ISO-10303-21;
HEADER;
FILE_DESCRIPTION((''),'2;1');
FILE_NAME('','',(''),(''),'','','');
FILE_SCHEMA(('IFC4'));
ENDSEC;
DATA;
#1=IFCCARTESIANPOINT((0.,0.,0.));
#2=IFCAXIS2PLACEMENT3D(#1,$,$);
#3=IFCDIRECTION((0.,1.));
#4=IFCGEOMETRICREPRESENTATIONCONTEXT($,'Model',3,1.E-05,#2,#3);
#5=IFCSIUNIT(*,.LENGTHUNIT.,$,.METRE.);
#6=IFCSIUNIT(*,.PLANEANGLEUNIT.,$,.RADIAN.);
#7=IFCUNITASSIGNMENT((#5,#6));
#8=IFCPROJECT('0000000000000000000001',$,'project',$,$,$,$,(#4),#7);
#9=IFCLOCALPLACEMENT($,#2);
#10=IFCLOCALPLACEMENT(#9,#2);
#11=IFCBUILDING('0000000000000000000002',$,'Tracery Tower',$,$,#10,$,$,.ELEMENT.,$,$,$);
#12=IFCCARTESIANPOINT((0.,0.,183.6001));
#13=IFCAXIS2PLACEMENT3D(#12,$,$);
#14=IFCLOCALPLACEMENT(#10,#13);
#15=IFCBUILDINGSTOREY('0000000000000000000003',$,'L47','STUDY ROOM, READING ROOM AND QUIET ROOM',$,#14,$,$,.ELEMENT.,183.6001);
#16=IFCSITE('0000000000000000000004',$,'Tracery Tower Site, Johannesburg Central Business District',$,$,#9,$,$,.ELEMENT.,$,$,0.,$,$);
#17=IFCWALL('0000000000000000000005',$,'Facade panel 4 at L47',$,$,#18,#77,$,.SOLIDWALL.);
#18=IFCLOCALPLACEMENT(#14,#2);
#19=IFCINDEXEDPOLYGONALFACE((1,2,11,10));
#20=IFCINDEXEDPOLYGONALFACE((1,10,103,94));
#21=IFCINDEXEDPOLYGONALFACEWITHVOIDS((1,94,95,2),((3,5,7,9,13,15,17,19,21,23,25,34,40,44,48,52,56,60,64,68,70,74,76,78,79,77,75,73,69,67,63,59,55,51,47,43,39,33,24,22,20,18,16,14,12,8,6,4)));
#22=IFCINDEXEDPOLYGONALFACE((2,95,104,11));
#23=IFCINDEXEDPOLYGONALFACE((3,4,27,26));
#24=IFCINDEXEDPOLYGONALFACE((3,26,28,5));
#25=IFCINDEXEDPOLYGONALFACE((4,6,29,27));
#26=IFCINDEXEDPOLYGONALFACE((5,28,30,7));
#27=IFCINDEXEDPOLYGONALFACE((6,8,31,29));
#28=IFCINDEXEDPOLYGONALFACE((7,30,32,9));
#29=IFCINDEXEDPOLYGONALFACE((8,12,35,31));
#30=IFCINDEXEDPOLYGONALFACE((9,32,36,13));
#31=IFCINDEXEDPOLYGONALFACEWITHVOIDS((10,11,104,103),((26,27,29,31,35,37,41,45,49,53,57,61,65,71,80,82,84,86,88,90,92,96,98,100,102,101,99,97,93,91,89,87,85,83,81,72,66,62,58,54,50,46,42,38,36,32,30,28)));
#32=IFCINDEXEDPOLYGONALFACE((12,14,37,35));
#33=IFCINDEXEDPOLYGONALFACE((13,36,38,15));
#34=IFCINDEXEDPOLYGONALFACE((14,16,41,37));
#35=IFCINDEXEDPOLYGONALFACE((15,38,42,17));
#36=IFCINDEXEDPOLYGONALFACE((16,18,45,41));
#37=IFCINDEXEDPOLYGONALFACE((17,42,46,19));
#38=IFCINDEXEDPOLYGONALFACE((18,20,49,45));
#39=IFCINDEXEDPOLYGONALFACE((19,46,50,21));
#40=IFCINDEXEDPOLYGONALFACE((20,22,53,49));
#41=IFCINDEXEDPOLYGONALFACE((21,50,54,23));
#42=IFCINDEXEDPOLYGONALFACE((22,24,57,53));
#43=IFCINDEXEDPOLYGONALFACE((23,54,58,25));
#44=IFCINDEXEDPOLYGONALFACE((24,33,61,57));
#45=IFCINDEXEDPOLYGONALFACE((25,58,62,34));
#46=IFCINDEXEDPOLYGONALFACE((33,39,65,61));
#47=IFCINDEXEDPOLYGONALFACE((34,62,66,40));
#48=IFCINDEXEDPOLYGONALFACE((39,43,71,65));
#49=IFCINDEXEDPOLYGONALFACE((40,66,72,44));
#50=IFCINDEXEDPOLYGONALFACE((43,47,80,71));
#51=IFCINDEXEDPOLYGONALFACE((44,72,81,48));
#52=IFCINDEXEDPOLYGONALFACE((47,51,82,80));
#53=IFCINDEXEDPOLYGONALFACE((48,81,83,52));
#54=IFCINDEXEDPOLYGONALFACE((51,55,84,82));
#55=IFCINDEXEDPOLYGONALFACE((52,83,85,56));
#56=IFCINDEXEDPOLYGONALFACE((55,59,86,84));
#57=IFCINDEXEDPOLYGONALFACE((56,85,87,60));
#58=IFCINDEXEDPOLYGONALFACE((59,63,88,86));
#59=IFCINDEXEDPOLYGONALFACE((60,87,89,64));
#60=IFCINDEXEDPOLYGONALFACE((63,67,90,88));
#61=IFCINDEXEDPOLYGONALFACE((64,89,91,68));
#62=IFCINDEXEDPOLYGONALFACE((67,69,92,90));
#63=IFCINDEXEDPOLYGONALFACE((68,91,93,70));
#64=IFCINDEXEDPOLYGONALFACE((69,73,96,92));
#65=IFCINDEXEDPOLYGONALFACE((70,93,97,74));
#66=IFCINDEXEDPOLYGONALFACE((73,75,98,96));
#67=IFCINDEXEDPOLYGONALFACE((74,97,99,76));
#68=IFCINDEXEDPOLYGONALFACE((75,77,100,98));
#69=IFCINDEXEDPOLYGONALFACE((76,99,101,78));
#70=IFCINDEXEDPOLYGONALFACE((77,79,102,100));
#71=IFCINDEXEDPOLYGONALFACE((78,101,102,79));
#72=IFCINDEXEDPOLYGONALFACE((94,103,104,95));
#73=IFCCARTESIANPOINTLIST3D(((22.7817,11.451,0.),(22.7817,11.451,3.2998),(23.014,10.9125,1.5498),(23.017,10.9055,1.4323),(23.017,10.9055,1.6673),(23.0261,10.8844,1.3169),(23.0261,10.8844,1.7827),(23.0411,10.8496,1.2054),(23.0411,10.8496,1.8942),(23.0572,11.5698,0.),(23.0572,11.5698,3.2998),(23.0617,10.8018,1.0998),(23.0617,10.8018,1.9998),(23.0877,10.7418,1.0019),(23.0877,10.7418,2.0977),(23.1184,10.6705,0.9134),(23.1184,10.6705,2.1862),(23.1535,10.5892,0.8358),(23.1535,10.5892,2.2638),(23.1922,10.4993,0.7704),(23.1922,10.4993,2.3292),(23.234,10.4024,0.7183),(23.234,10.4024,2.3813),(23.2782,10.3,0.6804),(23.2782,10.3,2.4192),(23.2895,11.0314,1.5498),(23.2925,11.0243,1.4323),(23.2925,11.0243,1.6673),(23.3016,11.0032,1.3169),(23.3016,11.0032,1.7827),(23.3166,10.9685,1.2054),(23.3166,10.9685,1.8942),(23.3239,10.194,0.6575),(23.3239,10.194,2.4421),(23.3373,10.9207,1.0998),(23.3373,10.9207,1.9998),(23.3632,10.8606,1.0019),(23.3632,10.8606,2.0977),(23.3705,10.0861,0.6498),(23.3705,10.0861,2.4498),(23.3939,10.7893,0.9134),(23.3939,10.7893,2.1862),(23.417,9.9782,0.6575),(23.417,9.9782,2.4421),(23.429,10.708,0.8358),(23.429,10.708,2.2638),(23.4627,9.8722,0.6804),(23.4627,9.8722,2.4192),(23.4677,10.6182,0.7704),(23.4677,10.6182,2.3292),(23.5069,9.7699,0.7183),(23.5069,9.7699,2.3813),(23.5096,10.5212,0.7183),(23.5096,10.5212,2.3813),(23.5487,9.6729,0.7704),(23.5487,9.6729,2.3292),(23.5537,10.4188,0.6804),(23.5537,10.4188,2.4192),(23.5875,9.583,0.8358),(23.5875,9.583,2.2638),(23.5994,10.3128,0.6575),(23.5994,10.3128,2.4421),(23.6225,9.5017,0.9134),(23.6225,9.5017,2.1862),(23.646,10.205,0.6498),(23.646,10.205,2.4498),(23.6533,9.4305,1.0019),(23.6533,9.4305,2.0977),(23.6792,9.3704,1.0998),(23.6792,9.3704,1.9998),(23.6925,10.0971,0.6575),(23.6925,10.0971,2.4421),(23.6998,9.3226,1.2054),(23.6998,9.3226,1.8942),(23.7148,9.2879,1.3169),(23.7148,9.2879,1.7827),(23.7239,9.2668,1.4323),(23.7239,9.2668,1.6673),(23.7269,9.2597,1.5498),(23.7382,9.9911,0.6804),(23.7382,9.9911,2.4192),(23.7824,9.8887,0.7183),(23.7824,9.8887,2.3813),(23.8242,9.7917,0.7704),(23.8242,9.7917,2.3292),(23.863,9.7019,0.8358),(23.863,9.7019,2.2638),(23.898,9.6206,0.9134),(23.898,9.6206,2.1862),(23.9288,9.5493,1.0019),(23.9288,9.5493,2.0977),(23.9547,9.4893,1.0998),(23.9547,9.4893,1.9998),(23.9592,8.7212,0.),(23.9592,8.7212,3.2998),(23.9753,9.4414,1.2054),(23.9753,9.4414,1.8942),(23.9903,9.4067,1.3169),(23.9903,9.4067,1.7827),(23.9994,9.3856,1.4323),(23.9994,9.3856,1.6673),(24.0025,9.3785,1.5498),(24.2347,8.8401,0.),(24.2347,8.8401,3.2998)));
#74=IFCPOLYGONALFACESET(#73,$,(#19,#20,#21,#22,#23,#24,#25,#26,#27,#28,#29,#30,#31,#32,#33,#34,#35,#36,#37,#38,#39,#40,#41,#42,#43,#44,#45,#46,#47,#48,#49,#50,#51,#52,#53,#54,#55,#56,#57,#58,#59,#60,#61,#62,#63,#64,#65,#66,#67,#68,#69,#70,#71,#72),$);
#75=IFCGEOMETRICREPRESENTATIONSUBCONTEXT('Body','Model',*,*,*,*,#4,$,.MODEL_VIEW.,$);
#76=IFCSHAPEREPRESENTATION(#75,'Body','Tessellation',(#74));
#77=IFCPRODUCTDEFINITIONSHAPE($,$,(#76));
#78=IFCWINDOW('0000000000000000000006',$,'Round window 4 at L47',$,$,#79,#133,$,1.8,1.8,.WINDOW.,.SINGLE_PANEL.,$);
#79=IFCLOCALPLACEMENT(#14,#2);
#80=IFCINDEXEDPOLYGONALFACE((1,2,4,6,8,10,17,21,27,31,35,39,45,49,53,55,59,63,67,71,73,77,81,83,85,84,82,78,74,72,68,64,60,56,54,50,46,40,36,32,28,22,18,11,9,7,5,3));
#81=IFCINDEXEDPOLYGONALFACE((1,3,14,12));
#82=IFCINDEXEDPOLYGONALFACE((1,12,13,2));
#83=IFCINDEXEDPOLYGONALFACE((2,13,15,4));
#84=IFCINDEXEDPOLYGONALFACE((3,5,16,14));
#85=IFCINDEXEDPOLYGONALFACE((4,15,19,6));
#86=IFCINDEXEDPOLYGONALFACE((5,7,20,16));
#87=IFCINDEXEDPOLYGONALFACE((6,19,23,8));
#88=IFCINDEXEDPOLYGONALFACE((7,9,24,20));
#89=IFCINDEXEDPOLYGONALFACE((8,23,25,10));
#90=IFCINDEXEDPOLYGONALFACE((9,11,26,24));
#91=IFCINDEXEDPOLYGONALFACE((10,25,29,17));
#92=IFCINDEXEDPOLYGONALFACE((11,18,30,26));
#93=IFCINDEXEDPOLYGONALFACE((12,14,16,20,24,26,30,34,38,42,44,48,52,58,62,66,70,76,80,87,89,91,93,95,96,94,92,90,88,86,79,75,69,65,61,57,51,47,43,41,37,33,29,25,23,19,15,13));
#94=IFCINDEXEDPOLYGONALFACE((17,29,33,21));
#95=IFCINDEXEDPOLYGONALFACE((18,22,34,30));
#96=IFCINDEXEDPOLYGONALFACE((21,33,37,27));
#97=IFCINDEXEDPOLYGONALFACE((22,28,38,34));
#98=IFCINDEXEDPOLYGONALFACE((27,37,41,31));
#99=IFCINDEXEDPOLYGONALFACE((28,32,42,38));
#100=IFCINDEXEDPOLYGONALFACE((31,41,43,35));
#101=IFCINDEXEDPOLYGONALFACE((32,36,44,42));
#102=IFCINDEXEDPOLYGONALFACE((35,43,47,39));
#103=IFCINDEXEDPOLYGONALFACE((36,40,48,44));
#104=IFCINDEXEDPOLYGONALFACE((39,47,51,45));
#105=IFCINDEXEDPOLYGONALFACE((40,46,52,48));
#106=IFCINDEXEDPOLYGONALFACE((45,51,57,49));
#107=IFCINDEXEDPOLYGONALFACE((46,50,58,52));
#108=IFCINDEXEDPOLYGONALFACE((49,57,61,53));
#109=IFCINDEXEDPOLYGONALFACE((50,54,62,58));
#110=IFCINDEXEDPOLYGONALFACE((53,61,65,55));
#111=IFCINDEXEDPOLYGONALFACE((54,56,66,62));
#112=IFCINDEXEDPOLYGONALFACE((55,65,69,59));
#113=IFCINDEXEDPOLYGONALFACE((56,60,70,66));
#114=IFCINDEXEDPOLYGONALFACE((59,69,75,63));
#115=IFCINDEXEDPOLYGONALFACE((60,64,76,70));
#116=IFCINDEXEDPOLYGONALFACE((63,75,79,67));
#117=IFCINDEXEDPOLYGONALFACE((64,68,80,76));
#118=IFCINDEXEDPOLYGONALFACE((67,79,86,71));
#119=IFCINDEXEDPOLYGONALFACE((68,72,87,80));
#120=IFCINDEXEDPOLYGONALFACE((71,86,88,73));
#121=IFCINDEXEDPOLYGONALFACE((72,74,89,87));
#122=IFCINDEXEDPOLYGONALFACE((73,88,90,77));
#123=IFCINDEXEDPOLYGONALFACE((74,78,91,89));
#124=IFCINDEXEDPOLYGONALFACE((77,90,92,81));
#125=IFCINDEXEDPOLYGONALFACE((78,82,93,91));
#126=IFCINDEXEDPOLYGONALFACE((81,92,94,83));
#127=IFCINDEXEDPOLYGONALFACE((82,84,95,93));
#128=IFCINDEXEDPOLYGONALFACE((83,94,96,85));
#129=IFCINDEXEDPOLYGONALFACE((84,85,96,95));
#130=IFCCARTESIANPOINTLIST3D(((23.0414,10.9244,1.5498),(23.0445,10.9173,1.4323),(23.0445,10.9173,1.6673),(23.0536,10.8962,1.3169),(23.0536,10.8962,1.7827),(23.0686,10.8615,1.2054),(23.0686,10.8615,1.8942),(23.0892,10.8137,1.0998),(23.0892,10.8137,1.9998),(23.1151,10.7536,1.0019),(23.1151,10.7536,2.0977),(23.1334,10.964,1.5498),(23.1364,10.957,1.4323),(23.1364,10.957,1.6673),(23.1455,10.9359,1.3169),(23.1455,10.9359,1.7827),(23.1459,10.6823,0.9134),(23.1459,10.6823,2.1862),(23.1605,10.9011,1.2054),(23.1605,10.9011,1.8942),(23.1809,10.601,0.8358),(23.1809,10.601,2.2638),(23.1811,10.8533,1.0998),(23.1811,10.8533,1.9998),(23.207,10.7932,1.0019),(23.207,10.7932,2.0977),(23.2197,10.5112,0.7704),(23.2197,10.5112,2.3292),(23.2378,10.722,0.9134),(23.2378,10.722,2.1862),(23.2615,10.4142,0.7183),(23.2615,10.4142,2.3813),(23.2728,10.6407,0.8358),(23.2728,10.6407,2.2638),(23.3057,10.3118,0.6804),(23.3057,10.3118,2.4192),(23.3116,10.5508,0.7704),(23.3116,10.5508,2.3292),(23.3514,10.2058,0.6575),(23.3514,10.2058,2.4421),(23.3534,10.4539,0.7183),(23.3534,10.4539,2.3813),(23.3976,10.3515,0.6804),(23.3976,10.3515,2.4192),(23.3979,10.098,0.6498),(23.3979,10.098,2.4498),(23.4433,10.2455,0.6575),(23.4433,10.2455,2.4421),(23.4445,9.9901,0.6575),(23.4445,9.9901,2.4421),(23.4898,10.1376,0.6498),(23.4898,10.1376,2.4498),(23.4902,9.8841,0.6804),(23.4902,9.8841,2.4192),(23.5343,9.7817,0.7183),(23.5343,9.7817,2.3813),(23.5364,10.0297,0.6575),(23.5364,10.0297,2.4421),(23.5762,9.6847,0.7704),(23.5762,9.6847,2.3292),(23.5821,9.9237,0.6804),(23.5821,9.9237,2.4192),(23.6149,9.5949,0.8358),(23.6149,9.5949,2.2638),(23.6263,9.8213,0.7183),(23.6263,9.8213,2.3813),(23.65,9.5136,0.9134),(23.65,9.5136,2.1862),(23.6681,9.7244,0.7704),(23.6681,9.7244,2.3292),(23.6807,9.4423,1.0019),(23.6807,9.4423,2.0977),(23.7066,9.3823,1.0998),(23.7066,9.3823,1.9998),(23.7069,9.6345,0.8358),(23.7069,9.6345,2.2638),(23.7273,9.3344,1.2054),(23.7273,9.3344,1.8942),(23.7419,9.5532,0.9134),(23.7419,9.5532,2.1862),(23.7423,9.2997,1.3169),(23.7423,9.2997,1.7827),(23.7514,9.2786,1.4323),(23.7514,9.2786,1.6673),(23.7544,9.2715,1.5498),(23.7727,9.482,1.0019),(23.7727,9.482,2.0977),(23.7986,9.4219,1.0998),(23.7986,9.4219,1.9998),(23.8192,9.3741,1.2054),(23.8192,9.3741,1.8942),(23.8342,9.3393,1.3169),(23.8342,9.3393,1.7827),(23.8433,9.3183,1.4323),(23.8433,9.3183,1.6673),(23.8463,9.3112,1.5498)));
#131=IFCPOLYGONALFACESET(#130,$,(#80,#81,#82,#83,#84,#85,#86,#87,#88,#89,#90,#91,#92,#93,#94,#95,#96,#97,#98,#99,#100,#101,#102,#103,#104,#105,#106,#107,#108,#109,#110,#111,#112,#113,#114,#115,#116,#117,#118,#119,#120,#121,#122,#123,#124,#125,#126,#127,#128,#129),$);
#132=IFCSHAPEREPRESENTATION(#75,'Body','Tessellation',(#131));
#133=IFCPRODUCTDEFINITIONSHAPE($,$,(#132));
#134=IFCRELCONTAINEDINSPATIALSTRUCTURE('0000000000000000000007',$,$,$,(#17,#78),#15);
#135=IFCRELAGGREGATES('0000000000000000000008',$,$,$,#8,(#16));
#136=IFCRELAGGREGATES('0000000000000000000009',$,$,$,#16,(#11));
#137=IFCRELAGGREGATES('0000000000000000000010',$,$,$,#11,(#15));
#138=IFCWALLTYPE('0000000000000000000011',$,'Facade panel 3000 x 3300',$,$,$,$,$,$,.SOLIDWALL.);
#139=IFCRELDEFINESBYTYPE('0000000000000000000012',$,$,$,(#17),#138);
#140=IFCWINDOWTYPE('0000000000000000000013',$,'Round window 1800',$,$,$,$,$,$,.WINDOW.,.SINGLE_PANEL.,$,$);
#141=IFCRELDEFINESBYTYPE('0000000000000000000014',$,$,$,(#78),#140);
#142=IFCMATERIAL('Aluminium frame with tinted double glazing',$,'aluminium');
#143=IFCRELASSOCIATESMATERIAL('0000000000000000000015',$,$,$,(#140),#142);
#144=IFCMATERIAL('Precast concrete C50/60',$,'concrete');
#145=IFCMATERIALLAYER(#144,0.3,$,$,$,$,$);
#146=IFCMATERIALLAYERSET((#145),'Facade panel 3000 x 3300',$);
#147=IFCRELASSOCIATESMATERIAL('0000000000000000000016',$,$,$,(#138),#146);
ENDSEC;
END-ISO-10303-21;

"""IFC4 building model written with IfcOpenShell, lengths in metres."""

from ifc_helpers import new_model, si_unit, direction, frame, frame_2d, origin, origin_2d, place, context, subcontext, project, spatial, rectangle, circle, extrude, material, layer, layer_set, type_object, element, fill, save


model = new_model("IFC4")

# Units and contexts
model_context = context("Model", 3, precision=1e-05, world=origin(), true_north=direction((0.0, 1.0)))
body_context = subcontext(model_context, "Body", "Model", "MODEL_VIEW")
ifc_project = project(units=[si_unit("LENGTHUNIT", "METRE"), si_unit("PLANEANGLEUNIT", "RADIAN")], contexts=[model_context])

# Site, building, storey
site_placement = place(None, origin())
site = spatial("IfcSite", under=ifc_project, at=site_placement, Name="Tracery Tower Site, Johannesburg Central Business District", CompositionType="ELEMENT", RefElevation=0.0)
building_placement = place(site_placement, origin())
building = spatial("IfcBuilding", under=site, at=building_placement, Name="Tracery Tower", CompositionType="ELEMENT")
storey_placement = place(building_placement, frame((0.0, 0.0, 183.6001)))
storey = spatial("IfcBuildingStorey", under=building, at=storey_placement, Name="L47", Description="STUDY ROOM, READING ROOM AND QUIET ROOM", CompositionType="ELEMENT", Elevation=183.6001)

# Wall, opening, window
ifc_material_1 = material(Name="Aluminium frame with tinted double glazing", Category="aluminium")
window_type = type_object("IfcWindowType", Name="Round window 1800", PartitioningType="SINGLE_PANEL", PredefinedType="WINDOW", material=ifc_material_1)
ifc_material_2 = material(Name="Precast concrete C50/60", Category="concrete")
ifc_layer_1 = layer(ifc_material_2, 0.3)
ifc_layer_set_1 = layer_set([ifc_layer_1], Name="Facade panel 3000 x 3300")
wall_type_1 = type_object("IfcWallType", Name="Facade panel 3000 x 3300", PredefinedType="SOLIDWALL", material=ifc_layer_set_1)
wall_1_placement = place(storey_placement, frame((24.0969, 8.7808, 0.0), z_axis=(0.0, 0.0, 1.0), x_axis=(-0.396079, 0.918216, 0.0)))
wall_1 = element("IfcWall", 1, at=wall_1_placement, inside=storey, type_object=wall_type_1, Name="Facade panel 4 at L47", PredefinedType="SOLIDWALL", context=body_context, shape_type="SweptSolid", body=[
    extrude(rectangle(XDim=2.9729, YDim=0.3, at=frame_2d((1.4863, 0.0))), origin(), (0.0, 0.0, 1.0), 3.2998),
])
opening_1_placement = place(wall_1_placement, frame((1.4863, 0.0, 1.5498)))
opening_1 = element("IfcOpeningElement", 2, at=opening_1_placement, cuts=wall_1, PredefinedType="OPENING", context=body_context, shape_type="SweptSolid", body=[
    extrude(circle(Radius=0.9, at=origin_2d()), frame((0.0, 0.1599, 0.0), z_axis=(0.0, -1.0, 0.0), x_axis=(1.0, 0.0, 0.0)), (0.0, 0.0, 1.0), 0.3201),
])
window_1_placement = place(opening_1_placement, origin())
window_1 = element("IfcWindow", 3, at=window_1_placement, inside=storey, type_object=window_type, Name="Round window 4 at L47", OverallHeight=1.8, OverallWidth=1.8, PartitioningType="SINGLE_PANEL", PredefinedType="WINDOW", context=body_context, shape_type="SweptSolid", body=[
    extrude(circle(Radius=0.9, at=origin_2d()), frame((0.0, 0.1201, 0.0), z_axis=(0.0, -1.0, 0.0), x_axis=(1.0, 0.0, 0.0)), (0.0, 0.0, 1.0), 0.1001),
])
fill(opening_1, window_1)

save(model, "model.ifc")
